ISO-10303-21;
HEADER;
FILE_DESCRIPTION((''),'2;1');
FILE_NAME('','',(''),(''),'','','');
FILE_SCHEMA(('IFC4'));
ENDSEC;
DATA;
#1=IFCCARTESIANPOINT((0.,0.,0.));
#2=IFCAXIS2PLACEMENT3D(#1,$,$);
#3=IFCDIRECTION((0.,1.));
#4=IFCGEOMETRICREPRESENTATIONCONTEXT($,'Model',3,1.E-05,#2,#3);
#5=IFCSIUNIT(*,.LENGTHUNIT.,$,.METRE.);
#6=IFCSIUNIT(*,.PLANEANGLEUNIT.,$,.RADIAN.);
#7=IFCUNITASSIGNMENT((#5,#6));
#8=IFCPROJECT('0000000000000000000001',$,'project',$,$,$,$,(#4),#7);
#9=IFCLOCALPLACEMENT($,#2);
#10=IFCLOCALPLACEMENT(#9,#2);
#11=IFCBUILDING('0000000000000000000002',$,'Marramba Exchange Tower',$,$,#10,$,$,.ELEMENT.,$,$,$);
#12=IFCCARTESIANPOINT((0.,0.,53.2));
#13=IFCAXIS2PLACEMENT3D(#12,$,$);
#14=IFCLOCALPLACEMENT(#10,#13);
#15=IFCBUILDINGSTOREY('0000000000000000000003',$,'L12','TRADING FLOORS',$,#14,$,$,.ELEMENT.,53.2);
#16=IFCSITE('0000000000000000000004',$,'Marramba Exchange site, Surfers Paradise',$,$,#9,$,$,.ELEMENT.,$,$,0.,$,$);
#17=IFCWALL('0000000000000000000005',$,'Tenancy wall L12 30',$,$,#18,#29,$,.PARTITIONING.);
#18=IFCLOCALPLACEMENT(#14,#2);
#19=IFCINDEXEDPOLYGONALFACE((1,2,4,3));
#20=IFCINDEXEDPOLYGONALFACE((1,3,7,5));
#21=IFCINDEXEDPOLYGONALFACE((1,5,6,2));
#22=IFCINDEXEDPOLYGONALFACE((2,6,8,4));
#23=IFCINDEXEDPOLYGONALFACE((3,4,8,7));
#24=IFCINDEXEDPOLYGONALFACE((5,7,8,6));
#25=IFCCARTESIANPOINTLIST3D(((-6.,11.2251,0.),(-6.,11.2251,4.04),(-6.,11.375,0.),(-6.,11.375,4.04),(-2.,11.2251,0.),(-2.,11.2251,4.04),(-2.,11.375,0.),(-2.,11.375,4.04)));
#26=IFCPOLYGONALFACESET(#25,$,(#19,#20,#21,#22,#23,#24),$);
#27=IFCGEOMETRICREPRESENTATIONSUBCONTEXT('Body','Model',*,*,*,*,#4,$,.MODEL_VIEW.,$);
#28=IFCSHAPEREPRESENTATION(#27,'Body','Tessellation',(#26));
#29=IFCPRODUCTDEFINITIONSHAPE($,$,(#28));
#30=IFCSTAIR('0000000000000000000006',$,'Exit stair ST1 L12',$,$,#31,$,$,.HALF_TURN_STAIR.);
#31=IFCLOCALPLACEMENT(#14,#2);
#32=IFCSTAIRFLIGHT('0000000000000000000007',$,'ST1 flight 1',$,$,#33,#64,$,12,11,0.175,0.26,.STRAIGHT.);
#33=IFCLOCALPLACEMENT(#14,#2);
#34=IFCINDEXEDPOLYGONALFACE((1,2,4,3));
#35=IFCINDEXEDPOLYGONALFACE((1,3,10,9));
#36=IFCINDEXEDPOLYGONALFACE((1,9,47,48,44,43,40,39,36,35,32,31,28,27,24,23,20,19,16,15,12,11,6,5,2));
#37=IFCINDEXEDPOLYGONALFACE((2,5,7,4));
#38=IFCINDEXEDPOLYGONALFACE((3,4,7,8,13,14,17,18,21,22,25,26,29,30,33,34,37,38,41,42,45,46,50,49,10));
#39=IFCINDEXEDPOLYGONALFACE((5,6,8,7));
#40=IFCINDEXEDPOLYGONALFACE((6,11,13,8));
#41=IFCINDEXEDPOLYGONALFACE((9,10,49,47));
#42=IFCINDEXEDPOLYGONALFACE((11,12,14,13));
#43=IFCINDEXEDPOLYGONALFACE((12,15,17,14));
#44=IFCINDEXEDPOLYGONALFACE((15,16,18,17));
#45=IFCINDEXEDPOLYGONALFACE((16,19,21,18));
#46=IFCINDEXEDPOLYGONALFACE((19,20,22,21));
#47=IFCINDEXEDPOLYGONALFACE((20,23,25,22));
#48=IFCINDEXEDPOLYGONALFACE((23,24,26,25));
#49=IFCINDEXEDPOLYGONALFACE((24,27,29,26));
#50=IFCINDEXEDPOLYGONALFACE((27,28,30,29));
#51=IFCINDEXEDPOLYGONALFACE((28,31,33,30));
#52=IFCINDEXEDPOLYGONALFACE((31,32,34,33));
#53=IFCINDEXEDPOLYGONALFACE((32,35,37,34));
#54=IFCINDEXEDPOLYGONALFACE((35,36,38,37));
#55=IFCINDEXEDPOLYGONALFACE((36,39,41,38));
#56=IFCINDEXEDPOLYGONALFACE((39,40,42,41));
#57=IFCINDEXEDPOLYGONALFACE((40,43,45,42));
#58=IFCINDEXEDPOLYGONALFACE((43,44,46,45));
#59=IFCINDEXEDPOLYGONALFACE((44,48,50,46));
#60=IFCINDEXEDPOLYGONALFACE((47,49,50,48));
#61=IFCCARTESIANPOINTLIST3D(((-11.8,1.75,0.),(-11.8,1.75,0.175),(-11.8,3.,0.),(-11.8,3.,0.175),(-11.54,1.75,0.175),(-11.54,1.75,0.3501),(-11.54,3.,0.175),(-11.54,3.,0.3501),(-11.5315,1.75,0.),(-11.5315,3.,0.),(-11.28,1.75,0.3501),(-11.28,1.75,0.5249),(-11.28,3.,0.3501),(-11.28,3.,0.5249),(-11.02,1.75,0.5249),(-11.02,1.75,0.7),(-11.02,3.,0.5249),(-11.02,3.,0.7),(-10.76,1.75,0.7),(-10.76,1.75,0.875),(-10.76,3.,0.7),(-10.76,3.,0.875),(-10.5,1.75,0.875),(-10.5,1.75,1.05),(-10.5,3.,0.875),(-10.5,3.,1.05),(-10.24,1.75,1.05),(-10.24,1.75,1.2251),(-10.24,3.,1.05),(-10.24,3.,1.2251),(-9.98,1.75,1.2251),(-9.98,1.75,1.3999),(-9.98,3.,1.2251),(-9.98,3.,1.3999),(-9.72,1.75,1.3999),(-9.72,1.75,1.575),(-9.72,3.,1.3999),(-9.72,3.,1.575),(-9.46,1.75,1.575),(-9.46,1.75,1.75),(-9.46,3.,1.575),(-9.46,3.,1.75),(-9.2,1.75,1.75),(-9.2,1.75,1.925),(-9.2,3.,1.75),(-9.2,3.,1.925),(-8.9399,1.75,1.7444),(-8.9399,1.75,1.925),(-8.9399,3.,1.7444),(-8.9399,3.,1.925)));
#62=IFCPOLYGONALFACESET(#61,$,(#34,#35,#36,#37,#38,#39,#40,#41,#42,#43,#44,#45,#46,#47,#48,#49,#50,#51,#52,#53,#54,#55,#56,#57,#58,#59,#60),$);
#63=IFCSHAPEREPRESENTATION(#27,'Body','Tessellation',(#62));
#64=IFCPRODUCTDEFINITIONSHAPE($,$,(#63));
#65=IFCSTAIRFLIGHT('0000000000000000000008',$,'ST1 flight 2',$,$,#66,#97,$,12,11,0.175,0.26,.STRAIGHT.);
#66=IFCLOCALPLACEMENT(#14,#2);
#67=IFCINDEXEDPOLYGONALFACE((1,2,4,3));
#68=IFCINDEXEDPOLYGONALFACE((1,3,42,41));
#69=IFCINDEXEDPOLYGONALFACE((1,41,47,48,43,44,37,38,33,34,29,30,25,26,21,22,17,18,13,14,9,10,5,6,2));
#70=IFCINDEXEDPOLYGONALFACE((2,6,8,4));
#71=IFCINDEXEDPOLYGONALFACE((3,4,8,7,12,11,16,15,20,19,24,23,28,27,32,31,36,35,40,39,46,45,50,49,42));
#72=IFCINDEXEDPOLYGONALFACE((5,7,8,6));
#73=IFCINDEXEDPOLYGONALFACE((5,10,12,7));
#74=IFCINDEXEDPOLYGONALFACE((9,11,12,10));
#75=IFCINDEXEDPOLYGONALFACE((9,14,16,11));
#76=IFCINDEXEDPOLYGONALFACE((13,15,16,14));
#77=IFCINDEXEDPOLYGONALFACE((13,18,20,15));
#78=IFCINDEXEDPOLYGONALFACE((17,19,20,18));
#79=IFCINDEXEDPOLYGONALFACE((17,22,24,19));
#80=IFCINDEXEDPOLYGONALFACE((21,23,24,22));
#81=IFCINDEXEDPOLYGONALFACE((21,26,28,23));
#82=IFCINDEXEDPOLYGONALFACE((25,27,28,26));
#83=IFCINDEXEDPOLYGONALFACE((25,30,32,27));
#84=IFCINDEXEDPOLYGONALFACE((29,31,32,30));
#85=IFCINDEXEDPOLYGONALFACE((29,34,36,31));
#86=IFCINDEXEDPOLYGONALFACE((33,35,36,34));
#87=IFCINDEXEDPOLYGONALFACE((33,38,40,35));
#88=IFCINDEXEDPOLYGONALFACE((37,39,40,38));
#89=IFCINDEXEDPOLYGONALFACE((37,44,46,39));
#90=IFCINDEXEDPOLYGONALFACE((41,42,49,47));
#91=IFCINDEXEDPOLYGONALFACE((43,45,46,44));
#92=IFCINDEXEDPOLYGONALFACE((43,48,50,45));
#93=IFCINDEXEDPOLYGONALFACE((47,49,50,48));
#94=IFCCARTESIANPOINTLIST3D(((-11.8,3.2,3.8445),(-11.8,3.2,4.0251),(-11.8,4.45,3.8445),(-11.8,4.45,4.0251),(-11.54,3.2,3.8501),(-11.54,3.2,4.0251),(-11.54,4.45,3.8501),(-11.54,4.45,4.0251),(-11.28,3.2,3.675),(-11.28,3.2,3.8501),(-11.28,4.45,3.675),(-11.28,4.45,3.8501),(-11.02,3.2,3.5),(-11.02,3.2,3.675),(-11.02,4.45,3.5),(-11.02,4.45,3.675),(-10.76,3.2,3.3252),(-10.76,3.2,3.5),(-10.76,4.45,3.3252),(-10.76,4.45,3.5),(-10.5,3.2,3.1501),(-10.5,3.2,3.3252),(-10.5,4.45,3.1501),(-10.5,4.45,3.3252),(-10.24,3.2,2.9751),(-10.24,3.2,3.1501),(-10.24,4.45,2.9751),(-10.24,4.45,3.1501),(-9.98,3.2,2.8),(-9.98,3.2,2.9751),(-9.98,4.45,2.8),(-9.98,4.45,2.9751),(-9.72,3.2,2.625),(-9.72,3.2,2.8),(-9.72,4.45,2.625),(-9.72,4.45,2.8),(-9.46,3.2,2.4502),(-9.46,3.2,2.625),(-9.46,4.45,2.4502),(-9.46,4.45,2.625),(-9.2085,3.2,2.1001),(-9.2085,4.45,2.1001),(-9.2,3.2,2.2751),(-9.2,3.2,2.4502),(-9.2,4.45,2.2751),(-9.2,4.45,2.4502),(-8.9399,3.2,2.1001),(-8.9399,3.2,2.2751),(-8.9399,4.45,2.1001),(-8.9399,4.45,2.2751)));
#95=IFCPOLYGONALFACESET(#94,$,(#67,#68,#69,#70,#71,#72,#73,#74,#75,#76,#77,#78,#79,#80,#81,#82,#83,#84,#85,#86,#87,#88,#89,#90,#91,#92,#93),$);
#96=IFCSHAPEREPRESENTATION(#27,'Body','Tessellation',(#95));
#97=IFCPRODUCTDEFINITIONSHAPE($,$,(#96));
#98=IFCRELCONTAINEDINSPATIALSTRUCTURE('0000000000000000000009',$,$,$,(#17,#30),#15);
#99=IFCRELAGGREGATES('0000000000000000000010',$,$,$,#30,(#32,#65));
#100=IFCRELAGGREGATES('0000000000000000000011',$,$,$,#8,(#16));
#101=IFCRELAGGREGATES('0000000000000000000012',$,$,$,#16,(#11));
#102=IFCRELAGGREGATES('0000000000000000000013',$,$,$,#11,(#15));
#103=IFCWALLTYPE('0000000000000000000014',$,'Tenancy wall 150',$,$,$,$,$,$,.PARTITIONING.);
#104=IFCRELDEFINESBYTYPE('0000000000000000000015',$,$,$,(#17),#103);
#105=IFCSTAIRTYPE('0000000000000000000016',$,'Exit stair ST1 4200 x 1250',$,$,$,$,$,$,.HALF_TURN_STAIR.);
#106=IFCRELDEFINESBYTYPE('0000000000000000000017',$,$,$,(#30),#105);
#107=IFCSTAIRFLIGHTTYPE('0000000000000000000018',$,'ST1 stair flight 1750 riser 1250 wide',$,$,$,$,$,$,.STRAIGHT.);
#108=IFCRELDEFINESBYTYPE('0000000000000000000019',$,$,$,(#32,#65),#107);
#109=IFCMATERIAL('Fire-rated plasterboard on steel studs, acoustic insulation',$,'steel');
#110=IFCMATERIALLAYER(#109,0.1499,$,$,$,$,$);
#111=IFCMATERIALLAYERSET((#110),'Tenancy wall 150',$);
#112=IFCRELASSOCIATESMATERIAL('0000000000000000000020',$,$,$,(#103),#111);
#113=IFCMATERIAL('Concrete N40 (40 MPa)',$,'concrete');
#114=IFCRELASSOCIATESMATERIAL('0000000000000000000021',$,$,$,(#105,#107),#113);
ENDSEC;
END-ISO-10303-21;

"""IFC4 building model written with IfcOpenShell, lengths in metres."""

from ifc_helpers import new_model, si_unit, direction, frame, frame_2d, origin, place, context, subcontext, project, spatial, polyline, rectangle, outline, extrude, material, layer, layer_set, type_object, element, aggregate, save


model = new_model("IFC4")

# Units and contexts
model_context = context("Model", 3, precision=1e-05, world=origin(), true_north=direction((0.0, 1.0)))
body_context = subcontext(model_context, "Body", "Model", "MODEL_VIEW")
ifc_project = project(units=[si_unit("LENGTHUNIT", "METRE"), si_unit("PLANEANGLEUNIT", "RADIAN")], contexts=[model_context])

# Site, building, storey
site_placement = place(None, origin())
site = spatial("IfcSite", under=ifc_project, at=site_placement, Name="Marramba Exchange site, Surfers Paradise", CompositionType="ELEMENT", RefElevation=0.0)
building_placement = place(site_placement, origin())
building = spatial("IfcBuilding", under=site, at=building_placement, Name="Marramba Exchange Tower", CompositionType="ELEMENT")
storey_placement = place(building_placement, frame((0.0, 0.0, 53.2)))
storey = spatial("IfcBuildingStorey", under=building, at=storey_placement, Name="L12", Description="TRADING FLOORS", CompositionType="ELEMENT", Elevation=53.2)

# Wall
ifc_material_1 = material(Name="Fire-rated plasterboard on steel studs, acoustic insulation", Category="steel")
ifc_layer_1 = layer(ifc_material_1, 0.1499)
ifc_layer_set_1 = layer_set([ifc_layer_1], Name="Tenancy wall 150")
wall_type_1 = type_object("IfcWallType", Name="Tenancy wall 150", PredefinedType="PARTITIONING", material=ifc_layer_set_1)
wall_1_placement = place(storey_placement, frame((-2.0, 11.3, 0.0), z_axis=(0.0, 0.0, 1.0), x_axis=(-1.0, 0.0, 0.0)))
element("IfcWall", 1, at=wall_1_placement, inside=storey, type_object=wall_type_1, Name="Tenancy wall L12 30", PredefinedType="PARTITIONING", context=body_context, shape_type="SweptSolid", body=[
    extrude(rectangle(XDim=4.0, YDim=0.1499, at=frame_2d((2.0, 0.0))), origin(), (0.0, 0.0, 1.0), 4.04),
])

# Stair, stair flights
ifc_material_2 = material(Name="Concrete N40 (40 MPa)", Category="concrete")
stair_type = type_object("IfcStairType", Name="Exit stair ST1 4200 x 1250", PredefinedType="HALF_TURN_STAIR", material=ifc_material_2)
stair_placement = place(storey_placement, origin())
stair = element("IfcStair", 2, at=stair_placement, inside=storey, type_object=stair_type, Name="Exit stair ST1 L12", PredefinedType="HALF_TURN_STAIR")
stair_flight_type = type_object("IfcStairFlightType", Name="ST1 stair flight 1750 riser 1250 wide", PredefinedType="STRAIGHT", material=ifc_material_2)
stair_flight_1_placement = place(storey_placement, frame((-11.8, 2.375, 0.0), z_axis=(0.0, 0.0, 1.0), x_axis=(1.0, 0.0, 0.0)))
stair_flight_1 = element("IfcStairFlight", 3, at=stair_flight_1_placement, type_object=stair_flight_type, Name="ST1 flight 1", NumberOfRisers=12, NumberOfTreads=11, PredefinedType="STRAIGHT", RiserHeight=0.175, TreadLength=0.26, context=body_context, shape_type="SweptSolid", body=[
    extrude(outline(polyline([(0.0, 0.0), (0.0, 0.175), (0.26, 0.175), (0.26, 0.3501), (0.52, 0.3501), (0.52, 0.5249), (0.78, 0.5249), (0.78, 0.7), (1.04, 0.7), (1.04, 0.875), (1.3, 0.875), (1.3, 1.05), (1.5601, 1.05), (1.5601, 1.2251), (1.8201, 1.2251), (1.8201, 1.3999), (2.0801, 1.3999), (2.0801, 1.575), (2.3401, 1.575), (2.3401, 1.75), (2.6001, 1.75), (2.6001, 1.925), (2.8601, 1.925), (2.8601, 2.1001), (2.8601, 1.7444), (0.2686, 0.0), (0.0, 0.0)])), frame((0.0, 0.625, 0.0), z_axis=(0.0, -1.0, 0.0), x_axis=(1.0, 0.0, 0.0)), (0.0, 0.0, 1.0), 1.25),
])
stair_flight_2_placement = place(storey_placement, frame((-8.9399, 3.825, 2.1001), z_axis=(0.0, 0.0, 1.0), x_axis=(-1.0, 0.0, 0.0)))
stair_flight_2 = element("IfcStairFlight", 4, at=stair_flight_2_placement, type_object=stair_flight_type, Name="ST1 flight 2", NumberOfRisers=12, NumberOfTreads=11, PredefinedType="STRAIGHT", RiserHeight=0.175, TreadLength=0.26, context=body_context, shape_type="SweptSolid", body=[
    extrude(outline(polyline([(0.0, 0.0), (0.0, 0.175), (0.26, 0.175), (0.26, 0.3501), (0.52, 0.3501), (0.52, 0.5249), (0.78, 0.5249), (0.78, 0.7), (1.04, 0.7), (1.04, 0.875), (1.3, 0.875), (1.3, 1.05), (1.5601, 1.05), (1.5601, 1.2251), (1.8201, 1.2251), (1.8201, 1.3999), (2.0801, 1.3999), (2.0801, 1.575), (2.3401, 1.575), (2.3401, 1.75), (2.6001, 1.75), (2.6001, 1.925), (2.8601, 1.925), (2.8601, 2.1001), (2.8601, 1.7444), (0.2686, 0.0), (0.0, 0.0)])), frame((0.0, 0.625, 0.0), z_axis=(0.0, -1.0, 0.0), x_axis=(1.0, 0.0, 0.0)), (0.0, 0.0, 1.0), 1.25),
])
aggregate(stair, [stair_flight_1, stair_flight_2])

save(model, "model.ifc")
